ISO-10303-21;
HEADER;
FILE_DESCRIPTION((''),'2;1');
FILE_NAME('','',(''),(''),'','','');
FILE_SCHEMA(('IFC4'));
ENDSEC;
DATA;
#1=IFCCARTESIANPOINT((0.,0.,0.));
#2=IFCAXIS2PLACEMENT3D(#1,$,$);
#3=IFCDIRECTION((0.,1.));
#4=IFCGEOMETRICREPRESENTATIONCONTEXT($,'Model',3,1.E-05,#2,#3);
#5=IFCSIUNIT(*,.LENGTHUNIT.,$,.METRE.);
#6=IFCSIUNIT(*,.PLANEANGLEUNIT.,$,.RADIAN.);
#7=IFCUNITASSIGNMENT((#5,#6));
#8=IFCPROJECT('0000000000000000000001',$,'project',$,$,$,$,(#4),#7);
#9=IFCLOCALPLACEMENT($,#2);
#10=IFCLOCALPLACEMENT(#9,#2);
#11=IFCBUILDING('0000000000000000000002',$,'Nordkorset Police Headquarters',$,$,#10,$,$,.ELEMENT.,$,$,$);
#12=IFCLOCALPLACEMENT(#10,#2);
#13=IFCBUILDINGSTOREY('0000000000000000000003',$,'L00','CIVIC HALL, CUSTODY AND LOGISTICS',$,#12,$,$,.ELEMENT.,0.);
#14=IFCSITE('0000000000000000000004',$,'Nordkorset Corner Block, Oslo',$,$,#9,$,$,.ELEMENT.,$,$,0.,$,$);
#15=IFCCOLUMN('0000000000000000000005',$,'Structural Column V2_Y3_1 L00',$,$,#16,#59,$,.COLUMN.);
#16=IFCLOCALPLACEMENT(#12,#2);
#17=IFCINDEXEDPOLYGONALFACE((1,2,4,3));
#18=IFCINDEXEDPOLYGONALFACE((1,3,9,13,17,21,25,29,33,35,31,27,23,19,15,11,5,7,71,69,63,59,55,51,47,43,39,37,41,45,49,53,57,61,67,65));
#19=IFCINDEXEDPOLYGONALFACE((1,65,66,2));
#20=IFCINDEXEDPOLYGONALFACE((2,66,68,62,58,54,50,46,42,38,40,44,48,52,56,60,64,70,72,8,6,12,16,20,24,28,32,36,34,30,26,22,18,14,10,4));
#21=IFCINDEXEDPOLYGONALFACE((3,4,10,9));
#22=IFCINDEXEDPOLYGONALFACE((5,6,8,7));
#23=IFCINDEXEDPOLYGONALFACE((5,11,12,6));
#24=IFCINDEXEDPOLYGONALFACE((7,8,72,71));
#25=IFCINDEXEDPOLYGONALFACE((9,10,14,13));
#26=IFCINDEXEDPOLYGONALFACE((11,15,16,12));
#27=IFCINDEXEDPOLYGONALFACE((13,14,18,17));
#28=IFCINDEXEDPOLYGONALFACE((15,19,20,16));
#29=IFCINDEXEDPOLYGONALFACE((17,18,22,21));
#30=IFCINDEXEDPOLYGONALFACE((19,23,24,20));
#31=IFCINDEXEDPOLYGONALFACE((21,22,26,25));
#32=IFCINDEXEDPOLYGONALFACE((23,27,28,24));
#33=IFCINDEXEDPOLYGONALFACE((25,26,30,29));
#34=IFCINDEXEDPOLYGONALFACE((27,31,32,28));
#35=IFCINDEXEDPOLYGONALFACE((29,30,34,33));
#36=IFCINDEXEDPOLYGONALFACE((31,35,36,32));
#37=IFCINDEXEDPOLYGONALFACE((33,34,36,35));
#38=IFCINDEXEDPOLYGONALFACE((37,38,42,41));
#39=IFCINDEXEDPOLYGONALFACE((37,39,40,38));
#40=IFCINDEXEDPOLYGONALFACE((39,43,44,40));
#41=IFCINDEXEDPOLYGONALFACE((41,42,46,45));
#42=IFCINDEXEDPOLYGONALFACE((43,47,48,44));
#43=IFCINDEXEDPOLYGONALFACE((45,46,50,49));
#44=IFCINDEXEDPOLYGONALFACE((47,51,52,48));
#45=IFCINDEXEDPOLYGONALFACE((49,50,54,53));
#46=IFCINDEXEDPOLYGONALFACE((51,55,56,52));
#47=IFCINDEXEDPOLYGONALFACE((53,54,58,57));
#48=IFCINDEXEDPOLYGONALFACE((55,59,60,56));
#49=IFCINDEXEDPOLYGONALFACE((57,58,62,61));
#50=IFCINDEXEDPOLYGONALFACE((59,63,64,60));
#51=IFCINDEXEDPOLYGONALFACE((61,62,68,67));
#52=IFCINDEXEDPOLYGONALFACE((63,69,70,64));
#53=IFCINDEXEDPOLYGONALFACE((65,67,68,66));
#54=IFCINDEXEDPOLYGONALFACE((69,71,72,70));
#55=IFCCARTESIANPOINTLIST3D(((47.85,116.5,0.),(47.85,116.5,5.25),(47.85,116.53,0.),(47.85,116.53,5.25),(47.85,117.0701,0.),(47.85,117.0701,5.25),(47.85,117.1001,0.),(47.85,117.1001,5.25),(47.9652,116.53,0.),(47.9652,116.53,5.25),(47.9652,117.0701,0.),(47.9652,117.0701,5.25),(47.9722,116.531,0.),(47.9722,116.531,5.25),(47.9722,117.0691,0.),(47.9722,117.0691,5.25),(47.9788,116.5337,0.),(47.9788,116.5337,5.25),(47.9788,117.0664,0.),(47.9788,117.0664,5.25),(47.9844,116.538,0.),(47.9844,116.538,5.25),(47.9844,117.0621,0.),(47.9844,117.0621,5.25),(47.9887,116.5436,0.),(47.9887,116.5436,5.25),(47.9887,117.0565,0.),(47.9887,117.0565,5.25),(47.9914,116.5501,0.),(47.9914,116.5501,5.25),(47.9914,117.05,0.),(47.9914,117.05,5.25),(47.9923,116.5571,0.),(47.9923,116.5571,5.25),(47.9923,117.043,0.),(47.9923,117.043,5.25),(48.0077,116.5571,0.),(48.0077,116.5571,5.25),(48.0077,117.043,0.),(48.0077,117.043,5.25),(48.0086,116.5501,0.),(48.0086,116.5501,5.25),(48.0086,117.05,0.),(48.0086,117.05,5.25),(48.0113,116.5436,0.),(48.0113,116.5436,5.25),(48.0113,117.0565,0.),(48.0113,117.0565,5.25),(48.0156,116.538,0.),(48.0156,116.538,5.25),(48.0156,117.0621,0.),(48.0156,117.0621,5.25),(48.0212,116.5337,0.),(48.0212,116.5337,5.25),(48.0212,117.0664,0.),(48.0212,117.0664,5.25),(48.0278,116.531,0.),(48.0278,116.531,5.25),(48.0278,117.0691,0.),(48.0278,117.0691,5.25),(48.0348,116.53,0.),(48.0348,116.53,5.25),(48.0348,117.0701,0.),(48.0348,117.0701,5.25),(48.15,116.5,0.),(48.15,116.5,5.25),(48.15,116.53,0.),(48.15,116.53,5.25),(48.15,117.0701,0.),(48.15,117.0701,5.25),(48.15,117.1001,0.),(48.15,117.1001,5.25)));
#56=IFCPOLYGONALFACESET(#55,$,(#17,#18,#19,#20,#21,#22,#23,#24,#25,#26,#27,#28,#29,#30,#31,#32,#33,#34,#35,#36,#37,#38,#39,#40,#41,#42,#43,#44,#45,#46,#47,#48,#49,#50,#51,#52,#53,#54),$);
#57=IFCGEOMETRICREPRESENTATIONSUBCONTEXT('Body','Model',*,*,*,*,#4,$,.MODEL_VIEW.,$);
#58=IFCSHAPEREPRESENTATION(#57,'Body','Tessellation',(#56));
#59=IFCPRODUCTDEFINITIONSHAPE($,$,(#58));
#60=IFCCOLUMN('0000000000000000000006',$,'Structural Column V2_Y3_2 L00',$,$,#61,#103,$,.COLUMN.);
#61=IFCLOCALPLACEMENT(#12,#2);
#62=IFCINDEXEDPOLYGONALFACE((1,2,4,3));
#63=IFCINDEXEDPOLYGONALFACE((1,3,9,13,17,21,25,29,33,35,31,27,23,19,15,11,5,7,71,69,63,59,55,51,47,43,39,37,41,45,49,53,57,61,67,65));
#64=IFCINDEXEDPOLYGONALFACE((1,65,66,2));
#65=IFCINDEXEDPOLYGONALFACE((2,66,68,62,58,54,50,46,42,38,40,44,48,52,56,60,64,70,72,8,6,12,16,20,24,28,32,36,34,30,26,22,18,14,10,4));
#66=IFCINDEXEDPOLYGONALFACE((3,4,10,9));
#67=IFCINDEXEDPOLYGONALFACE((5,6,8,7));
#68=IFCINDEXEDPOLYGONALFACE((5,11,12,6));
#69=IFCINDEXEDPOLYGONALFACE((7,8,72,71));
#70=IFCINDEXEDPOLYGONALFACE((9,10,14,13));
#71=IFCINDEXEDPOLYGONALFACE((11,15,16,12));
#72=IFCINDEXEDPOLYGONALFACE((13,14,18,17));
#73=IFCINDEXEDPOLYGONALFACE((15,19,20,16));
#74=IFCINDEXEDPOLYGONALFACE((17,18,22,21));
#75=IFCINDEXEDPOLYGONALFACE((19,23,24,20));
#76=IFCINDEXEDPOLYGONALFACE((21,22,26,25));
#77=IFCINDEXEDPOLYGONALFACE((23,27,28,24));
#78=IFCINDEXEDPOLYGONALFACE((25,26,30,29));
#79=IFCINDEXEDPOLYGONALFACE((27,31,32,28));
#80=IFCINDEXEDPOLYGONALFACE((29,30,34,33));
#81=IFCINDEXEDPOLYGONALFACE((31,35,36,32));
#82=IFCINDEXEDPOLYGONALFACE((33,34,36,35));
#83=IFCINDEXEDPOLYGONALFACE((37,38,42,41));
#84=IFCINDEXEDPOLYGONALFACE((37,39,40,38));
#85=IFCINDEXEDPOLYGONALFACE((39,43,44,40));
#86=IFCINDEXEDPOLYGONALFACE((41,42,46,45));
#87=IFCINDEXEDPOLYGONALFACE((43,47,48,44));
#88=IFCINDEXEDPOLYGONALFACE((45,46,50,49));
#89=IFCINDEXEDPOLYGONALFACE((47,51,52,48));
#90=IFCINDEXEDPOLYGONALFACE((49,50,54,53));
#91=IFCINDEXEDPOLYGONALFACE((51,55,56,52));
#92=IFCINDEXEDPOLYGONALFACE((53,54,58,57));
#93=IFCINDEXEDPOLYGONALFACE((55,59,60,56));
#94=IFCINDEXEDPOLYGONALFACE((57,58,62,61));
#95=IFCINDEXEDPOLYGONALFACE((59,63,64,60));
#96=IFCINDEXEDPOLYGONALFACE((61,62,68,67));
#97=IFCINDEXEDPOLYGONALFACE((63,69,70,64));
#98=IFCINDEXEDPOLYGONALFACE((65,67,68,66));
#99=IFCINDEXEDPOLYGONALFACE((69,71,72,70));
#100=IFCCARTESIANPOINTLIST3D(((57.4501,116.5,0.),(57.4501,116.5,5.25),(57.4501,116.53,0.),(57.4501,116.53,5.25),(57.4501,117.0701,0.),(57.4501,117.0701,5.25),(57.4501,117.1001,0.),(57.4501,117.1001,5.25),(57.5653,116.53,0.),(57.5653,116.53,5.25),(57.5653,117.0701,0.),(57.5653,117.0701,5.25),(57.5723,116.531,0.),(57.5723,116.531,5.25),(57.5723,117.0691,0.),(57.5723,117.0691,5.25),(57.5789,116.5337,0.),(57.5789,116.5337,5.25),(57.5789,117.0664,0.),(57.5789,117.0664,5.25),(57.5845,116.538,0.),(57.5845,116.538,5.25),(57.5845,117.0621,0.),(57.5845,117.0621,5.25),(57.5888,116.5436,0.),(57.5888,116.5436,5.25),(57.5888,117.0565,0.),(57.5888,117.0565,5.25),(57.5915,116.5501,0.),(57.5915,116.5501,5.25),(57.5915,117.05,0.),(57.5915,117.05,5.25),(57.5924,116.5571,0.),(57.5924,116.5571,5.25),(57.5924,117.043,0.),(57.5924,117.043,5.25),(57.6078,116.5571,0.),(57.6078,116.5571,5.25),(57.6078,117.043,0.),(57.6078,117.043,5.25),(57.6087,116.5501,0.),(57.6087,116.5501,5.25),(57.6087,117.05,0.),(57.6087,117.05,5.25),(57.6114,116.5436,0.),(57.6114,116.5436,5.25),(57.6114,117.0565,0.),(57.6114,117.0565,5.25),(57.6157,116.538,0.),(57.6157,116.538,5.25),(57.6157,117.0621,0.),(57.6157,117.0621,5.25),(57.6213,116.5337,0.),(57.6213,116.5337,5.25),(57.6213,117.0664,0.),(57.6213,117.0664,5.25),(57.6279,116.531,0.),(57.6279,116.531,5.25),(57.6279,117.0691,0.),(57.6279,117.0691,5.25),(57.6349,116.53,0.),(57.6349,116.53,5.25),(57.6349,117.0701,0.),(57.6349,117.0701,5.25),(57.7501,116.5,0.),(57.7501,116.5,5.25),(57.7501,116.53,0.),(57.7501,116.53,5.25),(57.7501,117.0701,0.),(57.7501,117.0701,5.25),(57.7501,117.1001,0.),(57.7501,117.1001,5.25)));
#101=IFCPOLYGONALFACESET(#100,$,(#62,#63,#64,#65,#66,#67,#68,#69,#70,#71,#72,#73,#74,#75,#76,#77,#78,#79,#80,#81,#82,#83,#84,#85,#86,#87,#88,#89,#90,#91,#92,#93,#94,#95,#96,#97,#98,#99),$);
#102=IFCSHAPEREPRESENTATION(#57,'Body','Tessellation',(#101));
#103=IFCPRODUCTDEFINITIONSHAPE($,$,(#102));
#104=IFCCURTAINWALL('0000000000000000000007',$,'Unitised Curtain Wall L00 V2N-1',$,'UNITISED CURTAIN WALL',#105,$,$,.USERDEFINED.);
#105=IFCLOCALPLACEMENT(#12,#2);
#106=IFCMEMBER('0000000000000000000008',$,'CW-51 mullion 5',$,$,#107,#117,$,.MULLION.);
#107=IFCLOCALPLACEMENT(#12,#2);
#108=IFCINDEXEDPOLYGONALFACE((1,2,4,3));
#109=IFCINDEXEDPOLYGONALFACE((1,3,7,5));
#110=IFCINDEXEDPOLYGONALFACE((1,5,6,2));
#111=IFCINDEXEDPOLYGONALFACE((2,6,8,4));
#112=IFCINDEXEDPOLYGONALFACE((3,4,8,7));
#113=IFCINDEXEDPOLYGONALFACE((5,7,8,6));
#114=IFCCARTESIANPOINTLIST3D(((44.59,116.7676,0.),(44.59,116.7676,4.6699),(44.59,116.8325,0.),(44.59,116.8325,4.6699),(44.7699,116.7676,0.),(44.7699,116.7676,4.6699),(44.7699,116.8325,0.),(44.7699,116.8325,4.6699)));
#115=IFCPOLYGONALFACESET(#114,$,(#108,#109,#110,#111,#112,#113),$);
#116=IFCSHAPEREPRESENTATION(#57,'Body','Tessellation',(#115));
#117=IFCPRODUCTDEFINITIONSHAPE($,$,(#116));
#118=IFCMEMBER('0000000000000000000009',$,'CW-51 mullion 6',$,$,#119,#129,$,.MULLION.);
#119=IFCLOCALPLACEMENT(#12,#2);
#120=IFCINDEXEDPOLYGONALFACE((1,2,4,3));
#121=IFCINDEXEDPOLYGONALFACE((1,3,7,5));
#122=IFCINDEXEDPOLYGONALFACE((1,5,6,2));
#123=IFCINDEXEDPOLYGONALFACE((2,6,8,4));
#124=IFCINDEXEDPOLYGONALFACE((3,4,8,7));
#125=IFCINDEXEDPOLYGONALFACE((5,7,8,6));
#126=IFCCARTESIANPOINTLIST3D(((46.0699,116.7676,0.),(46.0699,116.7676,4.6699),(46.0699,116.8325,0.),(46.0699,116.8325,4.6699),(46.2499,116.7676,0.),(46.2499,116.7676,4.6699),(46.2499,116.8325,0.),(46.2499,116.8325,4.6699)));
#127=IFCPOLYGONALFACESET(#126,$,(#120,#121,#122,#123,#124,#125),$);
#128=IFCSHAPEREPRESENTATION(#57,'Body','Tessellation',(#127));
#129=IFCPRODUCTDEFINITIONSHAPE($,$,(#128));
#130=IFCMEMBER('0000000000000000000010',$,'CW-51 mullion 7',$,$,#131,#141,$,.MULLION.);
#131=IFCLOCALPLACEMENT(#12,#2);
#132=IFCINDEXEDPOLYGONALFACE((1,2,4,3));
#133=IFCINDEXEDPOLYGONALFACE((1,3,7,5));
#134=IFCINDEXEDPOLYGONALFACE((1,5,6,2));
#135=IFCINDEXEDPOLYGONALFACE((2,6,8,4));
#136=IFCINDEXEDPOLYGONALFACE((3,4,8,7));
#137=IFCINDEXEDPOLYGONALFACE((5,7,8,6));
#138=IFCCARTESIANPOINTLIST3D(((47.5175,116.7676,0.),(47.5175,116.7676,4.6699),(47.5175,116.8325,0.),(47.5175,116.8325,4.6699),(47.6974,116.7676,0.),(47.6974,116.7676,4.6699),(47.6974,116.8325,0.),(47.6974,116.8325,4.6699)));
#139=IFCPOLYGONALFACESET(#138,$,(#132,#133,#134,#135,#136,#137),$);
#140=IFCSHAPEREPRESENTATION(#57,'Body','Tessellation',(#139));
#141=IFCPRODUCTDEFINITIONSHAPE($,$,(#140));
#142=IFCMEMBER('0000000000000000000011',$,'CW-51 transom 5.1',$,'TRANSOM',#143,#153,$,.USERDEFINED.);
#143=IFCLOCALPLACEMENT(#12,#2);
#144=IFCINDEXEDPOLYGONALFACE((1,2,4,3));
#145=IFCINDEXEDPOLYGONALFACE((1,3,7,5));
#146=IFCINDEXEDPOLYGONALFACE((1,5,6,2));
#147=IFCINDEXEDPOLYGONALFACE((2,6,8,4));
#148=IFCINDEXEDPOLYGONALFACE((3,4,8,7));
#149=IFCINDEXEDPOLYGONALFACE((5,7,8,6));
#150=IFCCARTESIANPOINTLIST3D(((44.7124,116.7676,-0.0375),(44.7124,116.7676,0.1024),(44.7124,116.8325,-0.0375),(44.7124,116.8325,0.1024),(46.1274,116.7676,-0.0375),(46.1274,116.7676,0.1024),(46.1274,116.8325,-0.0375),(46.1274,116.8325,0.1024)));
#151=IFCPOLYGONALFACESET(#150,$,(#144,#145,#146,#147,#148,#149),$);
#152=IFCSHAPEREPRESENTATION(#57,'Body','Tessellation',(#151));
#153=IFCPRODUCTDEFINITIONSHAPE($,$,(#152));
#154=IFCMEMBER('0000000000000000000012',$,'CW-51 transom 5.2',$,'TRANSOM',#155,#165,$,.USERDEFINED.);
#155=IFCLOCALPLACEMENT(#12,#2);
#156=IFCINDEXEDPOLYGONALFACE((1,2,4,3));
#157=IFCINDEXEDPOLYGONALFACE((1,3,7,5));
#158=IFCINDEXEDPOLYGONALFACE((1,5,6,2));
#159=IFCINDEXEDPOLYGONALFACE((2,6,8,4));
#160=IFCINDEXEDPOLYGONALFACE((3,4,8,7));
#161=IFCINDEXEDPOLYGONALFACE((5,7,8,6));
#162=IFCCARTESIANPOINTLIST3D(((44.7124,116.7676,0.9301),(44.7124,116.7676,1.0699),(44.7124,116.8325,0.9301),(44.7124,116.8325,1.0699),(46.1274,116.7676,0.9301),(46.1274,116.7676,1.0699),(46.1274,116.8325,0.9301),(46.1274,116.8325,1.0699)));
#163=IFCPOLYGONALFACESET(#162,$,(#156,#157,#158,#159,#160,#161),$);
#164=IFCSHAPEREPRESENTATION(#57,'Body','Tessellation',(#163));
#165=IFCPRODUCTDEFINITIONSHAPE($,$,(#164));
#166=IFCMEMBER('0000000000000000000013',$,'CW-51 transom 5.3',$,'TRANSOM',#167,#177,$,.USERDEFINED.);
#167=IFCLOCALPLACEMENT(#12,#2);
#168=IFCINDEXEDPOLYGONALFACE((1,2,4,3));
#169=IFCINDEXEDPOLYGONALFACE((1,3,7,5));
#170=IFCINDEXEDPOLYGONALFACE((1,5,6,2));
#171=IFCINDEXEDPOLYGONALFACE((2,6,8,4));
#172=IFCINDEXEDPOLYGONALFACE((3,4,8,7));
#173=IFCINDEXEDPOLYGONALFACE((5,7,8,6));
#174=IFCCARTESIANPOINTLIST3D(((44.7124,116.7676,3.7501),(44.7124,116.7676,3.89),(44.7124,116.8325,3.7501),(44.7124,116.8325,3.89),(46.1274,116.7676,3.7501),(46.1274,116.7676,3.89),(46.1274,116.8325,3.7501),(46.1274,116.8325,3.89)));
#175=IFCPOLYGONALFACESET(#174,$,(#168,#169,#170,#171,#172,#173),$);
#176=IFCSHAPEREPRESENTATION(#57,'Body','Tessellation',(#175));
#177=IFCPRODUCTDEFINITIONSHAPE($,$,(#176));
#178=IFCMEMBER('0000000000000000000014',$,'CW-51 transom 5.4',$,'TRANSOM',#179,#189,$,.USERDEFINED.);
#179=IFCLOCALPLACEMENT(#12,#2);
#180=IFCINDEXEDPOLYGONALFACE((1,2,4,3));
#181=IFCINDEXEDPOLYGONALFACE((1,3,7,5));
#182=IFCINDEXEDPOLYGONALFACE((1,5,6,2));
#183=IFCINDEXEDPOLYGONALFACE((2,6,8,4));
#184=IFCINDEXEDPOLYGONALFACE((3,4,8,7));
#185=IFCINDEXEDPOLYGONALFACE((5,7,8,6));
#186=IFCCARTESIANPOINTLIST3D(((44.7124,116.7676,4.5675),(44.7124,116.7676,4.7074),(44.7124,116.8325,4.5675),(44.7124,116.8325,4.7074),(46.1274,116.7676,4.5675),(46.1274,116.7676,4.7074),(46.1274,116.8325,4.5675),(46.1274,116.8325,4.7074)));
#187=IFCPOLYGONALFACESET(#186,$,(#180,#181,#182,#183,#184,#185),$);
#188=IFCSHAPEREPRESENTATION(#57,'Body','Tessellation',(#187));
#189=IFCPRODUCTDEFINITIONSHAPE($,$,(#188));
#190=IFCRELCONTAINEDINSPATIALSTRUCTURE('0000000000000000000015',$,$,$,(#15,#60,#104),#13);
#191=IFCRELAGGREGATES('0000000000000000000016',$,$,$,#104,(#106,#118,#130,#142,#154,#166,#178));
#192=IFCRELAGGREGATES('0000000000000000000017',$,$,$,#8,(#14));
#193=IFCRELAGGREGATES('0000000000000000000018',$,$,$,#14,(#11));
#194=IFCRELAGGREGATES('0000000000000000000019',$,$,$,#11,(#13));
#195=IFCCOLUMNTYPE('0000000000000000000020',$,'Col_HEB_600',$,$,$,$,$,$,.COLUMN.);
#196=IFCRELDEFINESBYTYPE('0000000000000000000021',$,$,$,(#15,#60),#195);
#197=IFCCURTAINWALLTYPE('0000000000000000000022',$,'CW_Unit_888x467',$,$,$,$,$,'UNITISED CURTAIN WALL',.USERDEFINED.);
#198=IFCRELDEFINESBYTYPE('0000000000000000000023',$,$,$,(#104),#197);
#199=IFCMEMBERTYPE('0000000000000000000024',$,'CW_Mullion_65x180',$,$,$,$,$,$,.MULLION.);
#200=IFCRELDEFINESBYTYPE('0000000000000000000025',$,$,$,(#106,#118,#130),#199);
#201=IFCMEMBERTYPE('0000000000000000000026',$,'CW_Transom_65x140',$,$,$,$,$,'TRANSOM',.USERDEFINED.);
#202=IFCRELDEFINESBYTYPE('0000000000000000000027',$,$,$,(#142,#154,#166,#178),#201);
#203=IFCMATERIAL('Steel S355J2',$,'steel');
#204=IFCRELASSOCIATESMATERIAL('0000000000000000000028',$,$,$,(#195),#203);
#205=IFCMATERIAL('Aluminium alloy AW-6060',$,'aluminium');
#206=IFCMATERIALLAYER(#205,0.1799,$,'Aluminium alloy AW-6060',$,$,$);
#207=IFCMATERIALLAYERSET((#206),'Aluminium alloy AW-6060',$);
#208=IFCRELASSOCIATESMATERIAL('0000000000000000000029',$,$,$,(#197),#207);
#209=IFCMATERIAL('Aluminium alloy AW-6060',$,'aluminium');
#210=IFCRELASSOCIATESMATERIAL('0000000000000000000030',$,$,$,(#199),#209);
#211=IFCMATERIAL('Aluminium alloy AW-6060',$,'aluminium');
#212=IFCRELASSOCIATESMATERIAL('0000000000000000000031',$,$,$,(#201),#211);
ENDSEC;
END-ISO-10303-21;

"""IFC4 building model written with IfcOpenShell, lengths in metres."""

from ifc_helpers import new_model, si_unit, direction, frame, origin, origin_2d, place, context, subcontext, project, spatial, rectangle, i_section, extrude, material, layer, layer_set, material_profile, profile_set, type_object, element, aggregate, save


model = new_model("IFC4")

# Units and contexts
model_context = context("Model", 3, precision=1e-05, world=origin(), true_north=direction((0.0, 1.0)))
body_context = subcontext(model_context, "Body", "Model", "MODEL_VIEW")
ifc_project = project(units=[si_unit("LENGTHUNIT", "METRE"), si_unit("PLANEANGLEUNIT", "RADIAN")], contexts=[model_context])

# Site, building, storey
site_placement = place(None, origin())
site = spatial("IfcSite", under=ifc_project, at=site_placement, Name="Nordkorset Corner Block, Oslo", CompositionType="ELEMENT", RefElevation=0.0)
building_placement = place(site_placement, origin())
building = spatial("IfcBuilding", under=site, at=building_placement, Name="Nordkorset Police Headquarters", CompositionType="ELEMENT")
storey_placement = place(building_placement, origin())
storey = spatial("IfcBuildingStorey", under=building, at=storey_placement, Name="L00", Description="CIVIC HALL, CUSTODY AND LOGISTICS", CompositionType="ELEMENT", Elevation=0.0)

# Columns
ifc_material_1 = material(Name="Steel S355J2", Category="steel")
ifc_material_profile_1 = material_profile(ifc_material_1, i_section(OverallWidth=0.3, OverallDepth=0.6001, WebThickness=0.0154, FlangeThickness=0.03, FilletRadius=0.0271, at=origin_2d()), Name="HEB 600")
ifc_profile_set_1 = profile_set([ifc_material_profile_1], Name="Steel S355J2")
column_type = type_object("IfcColumnType", Name="Col_HEB_600", PredefinedType="COLUMN", material=ifc_profile_set_1)
for number, where, z_axis, x_axis, name in (
    (1, (48.0, 116.8, 0.0), (0.0, 0.0, 1.0), (1.0, 0.0, 0.0), "Structural Column V2_Y3_1 L00"),
    (2, (57.6001, 116.8, 0.0), (0.0, 0.0, 1.0), (1.0, 0.0, 0.0), "Structural Column V2_Y3_2 L00"),
):
    element("IfcColumn", number, at=place(storey_placement, frame(where, z_axis=z_axis, x_axis=x_axis)), inside=storey, type_object=column_type, Name=name, PredefinedType="COLUMN", context=body_context, shape_type="SweptSolid", body=[
        extrude(i_section(OverallWidth=0.3, OverallDepth=0.6001, WebThickness=0.0154, FlangeThickness=0.03, FilletRadius=0.0271, at=origin_2d()), origin(), (0.0, 0.0, 1.0), 5.25),
    ])

# Curtain wall, members
ifc_material_2 = material(Name="Aluminium alloy AW-6060", Category="aluminium")
ifc_layer_1 = layer(ifc_material_2, 0.1799, Name="Aluminium alloy AW-6060")
ifc_layer_set_1 = layer_set([ifc_layer_1], Name="Aluminium alloy AW-6060")
curtain_wall_type = type_object("IfcCurtainWallType", Name="CW_Unit_888x467", ElementType="UNITISED CURTAIN WALL", PredefinedType="USERDEFINED", material=ifc_layer_set_1)
curtain_wall_placement = place(storey_placement, origin())
curtain_wall = element("IfcCurtainWall", 3, at=curtain_wall_placement, inside=storey, type_object=curtain_wall_type, Name="Unitised Curtain Wall L00 V2N-1", ObjectType="UNITISED CURTAIN WALL", PredefinedType="USERDEFINED")
ifc_material_3 = material(Name="Aluminium alloy AW-6060", Category="aluminium")
ifc_material_profile_2 = material_profile(ifc_material_3, rectangle(XDim=0.0649, YDim=0.1799, at=origin_2d()), Name="ALU MULL 65x180")
ifc_profile_set_2 = profile_set([ifc_material_profile_2], Name="Aluminium alloy AW-6060")
member_type_1 = type_object("IfcMemberType", Name="CW_Mullion_65x180", PredefinedType="MULLION", material=ifc_profile_set_2)
member_1_placement = place(storey_placement, frame((44.6799, 116.8, 0.0), z_axis=(0.0, 0.0, 1.0), x_axis=(0.0, 1.0, 0.0)))
member_1 = element("IfcMember", 4, at=member_1_placement, type_object=member_type_1, Name="CW-51 mullion 5", PredefinedType="MULLION", context=body_context, shape_type="SweptSolid", body=[
    extrude(rectangle(XDim=0.0649, YDim=0.1799, at=origin_2d()), origin(), (0.0, 0.0, 1.0), 4.6699),
])
member_2_placement = place(storey_placement, frame((46.1599, 116.8, 0.0), z_axis=(0.0, 0.0, 1.0), x_axis=(0.0, 1.0, 0.0)))
member_2 = element("IfcMember", 5, at=member_2_placement, type_object=member_type_1, Name="CW-51 mullion 6", PredefinedType="MULLION", context=body_context, shape_type="SweptSolid", body=[
    extrude(rectangle(XDim=0.0649, YDim=0.1799, at=origin_2d()), origin(), (0.0, 0.0, 1.0), 4.6699),
])
member_3_placement = place(storey_placement, frame((47.6074, 116.8, 0.0), z_axis=(0.0, 0.0, 1.0), x_axis=(0.0, 1.0, 0.0)))
member_3 = element("IfcMember", 6, at=member_3_placement, type_object=member_type_1, Name="CW-51 mullion 7", PredefinedType="MULLION", context=body_context, shape_type="SweptSolid", body=[
    extrude(rectangle(XDim=0.0649, YDim=0.1799, at=origin_2d()), origin(), (0.0, 0.0, 1.0), 4.6699),
])
ifc_material_4 = material(Name="Aluminium alloy AW-6060", Category="aluminium")
ifc_material_profile_3 = material_profile(ifc_material_4, rectangle(XDim=0.0649, YDim=0.1399, at=origin_2d()), Name="ALU TRAN 65x140")
ifc_profile_set_3 = profile_set([ifc_material_profile_3], Name="Aluminium alloy AW-6060")
member_type_2 = type_object("IfcMemberType", Name="CW_Transom_65x140", ElementType="TRANSOM", PredefinedType="USERDEFINED", material=ifc_profile_set_3)
member_4_placement = place(storey_placement, frame((44.7124, 116.8, 0.0325), z_axis=(1.0, 0.0, 0.0), x_axis=(0.0, 1.0, 0.0)))
member_4 = element("IfcMember", 7, at=member_4_placement, type_object=member_type_2, Name="CW-51 transom 5.1", ObjectType="TRANSOM", PredefinedType="USERDEFINED", context=body_context, shape_type="SweptSolid", body=[
    extrude(rectangle(XDim=0.0649, YDim=0.1399, at=origin_2d()), origin(), (0.0, 0.0, 1.0), 1.415),
])
member_5_placement = place(storey_placement, frame((44.7124, 116.8, 1.0), z_axis=(1.0, 0.0, 0.0), x_axis=(0.0, 1.0, 0.0)))
member_5 = element("IfcMember", 8, at=member_5_placement, type_object=member_type_2, Name="CW-51 transom 5.2", ObjectType="TRANSOM", PredefinedType="USERDEFINED", context=body_context, shape_type="SweptSolid", body=[
    extrude(rectangle(XDim=0.0649, YDim=0.1399, at=origin_2d()), origin(), (0.0, 0.0, 1.0), 1.415),
])
member_6_placement = place(storey_placement, frame((44.7124, 116.8, 3.8201), z_axis=(1.0, 0.0, 0.0), x_axis=(0.0, 1.0, 0.0)))
member_6 = element("IfcMember", 9, at=member_6_placement, type_object=member_type_2, Name="CW-51 transom 5.3", ObjectType="TRANSOM", PredefinedType="USERDEFINED", context=body_context, shape_type="SweptSolid", body=[
    extrude(rectangle(XDim=0.0649, YDim=0.1399, at=origin_2d()), origin(), (0.0, 0.0, 1.0), 1.415),
])
member_7_placement = place(storey_placement, frame((44.7124, 116.8, 4.6375), z_axis=(1.0, 0.0, 0.0), x_axis=(0.0, 1.0, 0.0)))
member_7 = element("IfcMember", 10, at=member_7_placement, type_object=member_type_2, Name="CW-51 transom 5.4", ObjectType="TRANSOM", PredefinedType="USERDEFINED", context=body_context, shape_type="SweptSolid", body=[
    extrude(rectangle(XDim=0.0649, YDim=0.1399, at=origin_2d()), origin(), (0.0, 0.0, 1.0), 1.415),
])

aggregate(curtain_wall, [member_1, member_2, member_3, member_4, member_5, member_6, member_7])

save(model, "model.ifc")
